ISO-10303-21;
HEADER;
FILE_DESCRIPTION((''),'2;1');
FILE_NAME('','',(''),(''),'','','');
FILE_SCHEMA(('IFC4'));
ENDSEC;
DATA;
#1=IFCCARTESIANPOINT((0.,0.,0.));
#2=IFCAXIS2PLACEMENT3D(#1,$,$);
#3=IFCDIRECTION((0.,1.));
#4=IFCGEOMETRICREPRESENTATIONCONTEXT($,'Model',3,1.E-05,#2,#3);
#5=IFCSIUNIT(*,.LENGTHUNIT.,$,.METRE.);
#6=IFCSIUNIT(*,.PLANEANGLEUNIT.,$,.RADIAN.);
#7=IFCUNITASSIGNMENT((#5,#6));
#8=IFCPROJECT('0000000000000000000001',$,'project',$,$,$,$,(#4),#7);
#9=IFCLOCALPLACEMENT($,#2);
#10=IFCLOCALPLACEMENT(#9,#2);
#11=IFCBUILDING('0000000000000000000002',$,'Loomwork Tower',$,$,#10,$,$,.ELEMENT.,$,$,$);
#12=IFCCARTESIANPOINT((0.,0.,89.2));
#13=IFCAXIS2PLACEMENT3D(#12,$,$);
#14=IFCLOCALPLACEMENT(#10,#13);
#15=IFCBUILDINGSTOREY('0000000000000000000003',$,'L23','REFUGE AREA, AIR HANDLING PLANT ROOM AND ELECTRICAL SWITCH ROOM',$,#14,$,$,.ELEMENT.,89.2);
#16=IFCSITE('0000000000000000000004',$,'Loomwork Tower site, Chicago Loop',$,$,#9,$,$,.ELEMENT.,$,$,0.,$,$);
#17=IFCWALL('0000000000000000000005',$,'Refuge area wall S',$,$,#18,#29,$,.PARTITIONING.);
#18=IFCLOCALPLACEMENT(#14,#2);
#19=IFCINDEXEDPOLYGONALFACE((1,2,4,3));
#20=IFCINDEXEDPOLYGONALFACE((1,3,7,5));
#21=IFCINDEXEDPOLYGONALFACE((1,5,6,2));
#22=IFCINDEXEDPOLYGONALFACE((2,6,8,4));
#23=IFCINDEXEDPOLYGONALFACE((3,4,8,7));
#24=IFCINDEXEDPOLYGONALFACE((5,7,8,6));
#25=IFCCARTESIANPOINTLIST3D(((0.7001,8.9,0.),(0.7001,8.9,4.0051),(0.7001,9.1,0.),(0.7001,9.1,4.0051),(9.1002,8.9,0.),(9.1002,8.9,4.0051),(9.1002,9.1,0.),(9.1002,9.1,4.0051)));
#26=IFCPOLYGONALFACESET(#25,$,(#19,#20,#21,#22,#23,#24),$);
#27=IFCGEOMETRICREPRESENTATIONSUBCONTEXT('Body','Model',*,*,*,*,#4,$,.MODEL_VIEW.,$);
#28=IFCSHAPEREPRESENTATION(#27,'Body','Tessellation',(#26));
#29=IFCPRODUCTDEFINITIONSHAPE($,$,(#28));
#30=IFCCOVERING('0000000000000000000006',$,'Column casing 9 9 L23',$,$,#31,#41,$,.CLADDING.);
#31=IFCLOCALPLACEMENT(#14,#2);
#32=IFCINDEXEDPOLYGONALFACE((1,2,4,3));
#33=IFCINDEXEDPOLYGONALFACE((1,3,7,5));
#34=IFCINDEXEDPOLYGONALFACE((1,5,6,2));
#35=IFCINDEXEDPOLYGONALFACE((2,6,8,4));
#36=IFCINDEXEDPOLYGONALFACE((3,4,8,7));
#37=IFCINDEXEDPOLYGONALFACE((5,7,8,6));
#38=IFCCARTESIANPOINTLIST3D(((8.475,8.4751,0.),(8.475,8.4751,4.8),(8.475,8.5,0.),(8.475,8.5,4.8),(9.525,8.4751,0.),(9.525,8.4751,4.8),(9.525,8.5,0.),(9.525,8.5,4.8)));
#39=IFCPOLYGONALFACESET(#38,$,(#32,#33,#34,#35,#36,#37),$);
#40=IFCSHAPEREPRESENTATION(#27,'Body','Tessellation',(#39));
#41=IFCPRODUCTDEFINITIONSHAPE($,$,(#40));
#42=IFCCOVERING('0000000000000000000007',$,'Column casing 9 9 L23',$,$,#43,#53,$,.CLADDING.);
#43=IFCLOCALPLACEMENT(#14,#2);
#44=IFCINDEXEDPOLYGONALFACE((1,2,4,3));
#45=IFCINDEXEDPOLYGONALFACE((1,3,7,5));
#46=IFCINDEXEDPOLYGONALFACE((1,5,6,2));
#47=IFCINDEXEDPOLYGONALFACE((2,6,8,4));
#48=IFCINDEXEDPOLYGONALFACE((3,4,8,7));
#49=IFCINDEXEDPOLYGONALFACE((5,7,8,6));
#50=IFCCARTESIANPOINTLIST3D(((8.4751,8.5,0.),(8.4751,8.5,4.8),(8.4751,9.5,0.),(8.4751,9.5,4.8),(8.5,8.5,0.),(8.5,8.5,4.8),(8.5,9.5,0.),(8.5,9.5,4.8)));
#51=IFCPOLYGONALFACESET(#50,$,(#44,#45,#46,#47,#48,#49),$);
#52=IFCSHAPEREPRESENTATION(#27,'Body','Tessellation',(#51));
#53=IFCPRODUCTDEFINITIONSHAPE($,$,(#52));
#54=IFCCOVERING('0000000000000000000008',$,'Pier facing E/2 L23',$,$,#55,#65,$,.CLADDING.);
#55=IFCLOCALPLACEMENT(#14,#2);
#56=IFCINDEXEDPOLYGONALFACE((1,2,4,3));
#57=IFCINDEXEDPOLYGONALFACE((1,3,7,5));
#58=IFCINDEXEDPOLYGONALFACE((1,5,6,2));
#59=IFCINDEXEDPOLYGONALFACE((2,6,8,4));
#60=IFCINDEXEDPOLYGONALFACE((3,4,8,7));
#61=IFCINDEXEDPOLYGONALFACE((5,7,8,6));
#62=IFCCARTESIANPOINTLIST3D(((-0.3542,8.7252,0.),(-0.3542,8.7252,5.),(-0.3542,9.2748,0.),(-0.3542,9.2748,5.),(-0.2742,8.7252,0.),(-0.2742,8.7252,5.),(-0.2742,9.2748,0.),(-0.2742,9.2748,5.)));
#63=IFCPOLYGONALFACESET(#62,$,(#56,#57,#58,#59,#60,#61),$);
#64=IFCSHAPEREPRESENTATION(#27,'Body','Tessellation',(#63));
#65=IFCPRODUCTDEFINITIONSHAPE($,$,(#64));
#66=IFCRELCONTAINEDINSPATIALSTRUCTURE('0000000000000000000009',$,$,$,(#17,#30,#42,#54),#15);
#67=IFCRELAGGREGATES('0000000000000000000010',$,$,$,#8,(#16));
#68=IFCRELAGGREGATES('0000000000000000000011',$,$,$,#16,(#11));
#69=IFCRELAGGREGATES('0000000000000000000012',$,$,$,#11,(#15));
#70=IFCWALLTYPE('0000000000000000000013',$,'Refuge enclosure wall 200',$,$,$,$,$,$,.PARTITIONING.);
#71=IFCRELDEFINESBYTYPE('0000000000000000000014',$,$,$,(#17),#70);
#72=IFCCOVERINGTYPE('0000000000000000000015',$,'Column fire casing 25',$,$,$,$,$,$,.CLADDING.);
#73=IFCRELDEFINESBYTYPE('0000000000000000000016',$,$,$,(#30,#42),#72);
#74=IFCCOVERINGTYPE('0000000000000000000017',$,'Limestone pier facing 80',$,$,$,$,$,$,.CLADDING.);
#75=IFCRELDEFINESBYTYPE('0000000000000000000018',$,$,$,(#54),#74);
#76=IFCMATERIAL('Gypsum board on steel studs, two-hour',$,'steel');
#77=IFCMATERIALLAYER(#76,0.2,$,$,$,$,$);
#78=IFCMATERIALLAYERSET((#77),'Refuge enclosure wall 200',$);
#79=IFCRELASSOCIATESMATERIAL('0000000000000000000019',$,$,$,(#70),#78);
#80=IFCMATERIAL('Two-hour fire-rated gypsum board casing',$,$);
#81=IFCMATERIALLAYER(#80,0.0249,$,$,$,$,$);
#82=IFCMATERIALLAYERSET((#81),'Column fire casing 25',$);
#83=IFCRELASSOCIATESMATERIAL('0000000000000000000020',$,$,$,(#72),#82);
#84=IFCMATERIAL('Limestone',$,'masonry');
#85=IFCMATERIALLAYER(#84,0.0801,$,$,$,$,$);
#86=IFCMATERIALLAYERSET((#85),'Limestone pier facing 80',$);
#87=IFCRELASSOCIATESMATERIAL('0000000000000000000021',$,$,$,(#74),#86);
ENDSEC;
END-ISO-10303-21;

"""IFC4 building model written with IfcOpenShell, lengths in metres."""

from ifc_helpers import new_model, si_unit, direction, frame, frame_2d, origin, origin_2d, place, context, subcontext, project, spatial, rectangle, extrude, material, layer, layer_set, type_object, element, save


model = new_model("IFC4")

# Units and contexts
model_context = context("Model", 3, precision=1e-05, world=origin(), true_north=direction((0.0, 1.0)))
body_context = subcontext(model_context, "Body", "Model", "MODEL_VIEW")
ifc_project = project(units=[si_unit("LENGTHUNIT", "METRE"), si_unit("PLANEANGLEUNIT", "RADIAN")], contexts=[model_context])

# Site, building, storey
site_placement = place(None, origin())
site = spatial("IfcSite", under=ifc_project, at=site_placement, Name="Loomwork Tower site, Chicago Loop", CompositionType="ELEMENT", RefElevation=0.0)
building_placement = place(site_placement, origin())
building = spatial("IfcBuilding", under=site, at=building_placement, Name="Loomwork Tower", CompositionType="ELEMENT")
storey_placement = place(building_placement, frame((0.0, 0.0, 89.2)))
storey = spatial("IfcBuildingStorey", under=building, at=storey_placement, Name="L23", Description="REFUGE AREA, AIR HANDLING PLANT ROOM AND ELECTRICAL SWITCH ROOM", CompositionType="ELEMENT", Elevation=89.2)

# Wall
ifc_material_1 = material(Name="Gypsum board on steel studs, two-hour", Category="steel")
ifc_layer_1 = layer(ifc_material_1, 0.2)
ifc_layer_set_1 = layer_set([ifc_layer_1], Name="Refuge enclosure wall 200")
wall_type = type_object("IfcWallType", Name="Refuge enclosure wall 200", PredefinedType="PARTITIONING", material=ifc_layer_set_1)
wall_placement = place(storey_placement, frame((0.7, 9.0, 0.0), z_axis=(0.0, 0.0, 1.0), x_axis=(1.0, 0.0, 0.0)))
element("IfcWall", 1, at=wall_placement, inside=storey, type_object=wall_type, Name="Refuge area wall S", PredefinedType="PARTITIONING", context=body_context, shape_type="SweptSolid", body=[
    extrude(rectangle(XDim=8.4001, YDim=0.2, at=frame_2d((4.2002, 0.0))), origin(), (0.0, 0.0, 1.0), 4.0051),
])

# Coverings
ifc_material_2 = material(Name="Two-hour fire-rated gypsum board casing")
ifc_layer_2 = layer(ifc_material_2, 0.0249)
ifc_layer_set_2 = layer_set([ifc_layer_2], Name="Column fire casing 25")
covering_type_1 = type_object("IfcCoveringType", Name="Column fire casing 25", PredefinedType="CLADDING", material=ifc_layer_set_2)
covering_1_placement = place(storey_placement, frame((9.0, 8.4875, 0.0), z_axis=(0.0, 0.0, 1.0), x_axis=(1.0, 0.0, 0.0)))
element("IfcCovering", 2, at=covering_1_placement, inside=storey, type_object=covering_type_1, Name="Column casing 9 9 L23", PredefinedType="CLADDING", context=body_context, shape_type="SweptSolid", body=[
    extrude(rectangle(XDim=1.05, YDim=0.0249, at=origin_2d()), origin(), (0.0, 0.0, 1.0), 4.8),
])
covering_2_placement = place(storey_placement, frame((8.4875, 9.0, 0.0), z_axis=(0.0, 0.0, 1.0), x_axis=(1.0, 0.0, 0.0)))
element("IfcCovering", 3, at=covering_2_placement, inside=storey, type_object=covering_type_1, Name="Column casing 9 9 L23", PredefinedType="CLADDING", context=body_context, shape_type="SweptSolid", body=[
    extrude(rectangle(XDim=0.0249, YDim=1.0, at=origin_2d()), origin(), (0.0, 0.0, 1.0), 4.8),
])
ifc_material_3 = material(Name="Limestone", Category="masonry")
ifc_layer_3 = layer(ifc_material_3, 0.0801)
ifc_layer_set_3 = layer_set([ifc_layer_3], Name="Limestone pier facing 80")
covering_type_2 = type_object("IfcCoveringType", Name="Limestone pier facing 80", PredefinedType="CLADDING", material=ifc_layer_set_3)
covering_3_placement = place(storey_placement, frame((-0.3142, 9.0, 0.0), z_axis=(0.0, 0.0, 1.0), x_axis=(1.0, 0.0, 0.0)))
element("IfcCovering", 4, at=covering_3_placement, inside=storey, type_object=covering_type_2, Name="Pier facing E/2 L23", PredefinedType="CLADDING", context=body_context, shape_type="SweptSolid", body=[
    extrude(rectangle(XDim=0.0801, YDim=0.5496, at=origin_2d()), origin(), (0.0, 0.0, 1.0), 5.0),
])

save(model, "model.ifc")
